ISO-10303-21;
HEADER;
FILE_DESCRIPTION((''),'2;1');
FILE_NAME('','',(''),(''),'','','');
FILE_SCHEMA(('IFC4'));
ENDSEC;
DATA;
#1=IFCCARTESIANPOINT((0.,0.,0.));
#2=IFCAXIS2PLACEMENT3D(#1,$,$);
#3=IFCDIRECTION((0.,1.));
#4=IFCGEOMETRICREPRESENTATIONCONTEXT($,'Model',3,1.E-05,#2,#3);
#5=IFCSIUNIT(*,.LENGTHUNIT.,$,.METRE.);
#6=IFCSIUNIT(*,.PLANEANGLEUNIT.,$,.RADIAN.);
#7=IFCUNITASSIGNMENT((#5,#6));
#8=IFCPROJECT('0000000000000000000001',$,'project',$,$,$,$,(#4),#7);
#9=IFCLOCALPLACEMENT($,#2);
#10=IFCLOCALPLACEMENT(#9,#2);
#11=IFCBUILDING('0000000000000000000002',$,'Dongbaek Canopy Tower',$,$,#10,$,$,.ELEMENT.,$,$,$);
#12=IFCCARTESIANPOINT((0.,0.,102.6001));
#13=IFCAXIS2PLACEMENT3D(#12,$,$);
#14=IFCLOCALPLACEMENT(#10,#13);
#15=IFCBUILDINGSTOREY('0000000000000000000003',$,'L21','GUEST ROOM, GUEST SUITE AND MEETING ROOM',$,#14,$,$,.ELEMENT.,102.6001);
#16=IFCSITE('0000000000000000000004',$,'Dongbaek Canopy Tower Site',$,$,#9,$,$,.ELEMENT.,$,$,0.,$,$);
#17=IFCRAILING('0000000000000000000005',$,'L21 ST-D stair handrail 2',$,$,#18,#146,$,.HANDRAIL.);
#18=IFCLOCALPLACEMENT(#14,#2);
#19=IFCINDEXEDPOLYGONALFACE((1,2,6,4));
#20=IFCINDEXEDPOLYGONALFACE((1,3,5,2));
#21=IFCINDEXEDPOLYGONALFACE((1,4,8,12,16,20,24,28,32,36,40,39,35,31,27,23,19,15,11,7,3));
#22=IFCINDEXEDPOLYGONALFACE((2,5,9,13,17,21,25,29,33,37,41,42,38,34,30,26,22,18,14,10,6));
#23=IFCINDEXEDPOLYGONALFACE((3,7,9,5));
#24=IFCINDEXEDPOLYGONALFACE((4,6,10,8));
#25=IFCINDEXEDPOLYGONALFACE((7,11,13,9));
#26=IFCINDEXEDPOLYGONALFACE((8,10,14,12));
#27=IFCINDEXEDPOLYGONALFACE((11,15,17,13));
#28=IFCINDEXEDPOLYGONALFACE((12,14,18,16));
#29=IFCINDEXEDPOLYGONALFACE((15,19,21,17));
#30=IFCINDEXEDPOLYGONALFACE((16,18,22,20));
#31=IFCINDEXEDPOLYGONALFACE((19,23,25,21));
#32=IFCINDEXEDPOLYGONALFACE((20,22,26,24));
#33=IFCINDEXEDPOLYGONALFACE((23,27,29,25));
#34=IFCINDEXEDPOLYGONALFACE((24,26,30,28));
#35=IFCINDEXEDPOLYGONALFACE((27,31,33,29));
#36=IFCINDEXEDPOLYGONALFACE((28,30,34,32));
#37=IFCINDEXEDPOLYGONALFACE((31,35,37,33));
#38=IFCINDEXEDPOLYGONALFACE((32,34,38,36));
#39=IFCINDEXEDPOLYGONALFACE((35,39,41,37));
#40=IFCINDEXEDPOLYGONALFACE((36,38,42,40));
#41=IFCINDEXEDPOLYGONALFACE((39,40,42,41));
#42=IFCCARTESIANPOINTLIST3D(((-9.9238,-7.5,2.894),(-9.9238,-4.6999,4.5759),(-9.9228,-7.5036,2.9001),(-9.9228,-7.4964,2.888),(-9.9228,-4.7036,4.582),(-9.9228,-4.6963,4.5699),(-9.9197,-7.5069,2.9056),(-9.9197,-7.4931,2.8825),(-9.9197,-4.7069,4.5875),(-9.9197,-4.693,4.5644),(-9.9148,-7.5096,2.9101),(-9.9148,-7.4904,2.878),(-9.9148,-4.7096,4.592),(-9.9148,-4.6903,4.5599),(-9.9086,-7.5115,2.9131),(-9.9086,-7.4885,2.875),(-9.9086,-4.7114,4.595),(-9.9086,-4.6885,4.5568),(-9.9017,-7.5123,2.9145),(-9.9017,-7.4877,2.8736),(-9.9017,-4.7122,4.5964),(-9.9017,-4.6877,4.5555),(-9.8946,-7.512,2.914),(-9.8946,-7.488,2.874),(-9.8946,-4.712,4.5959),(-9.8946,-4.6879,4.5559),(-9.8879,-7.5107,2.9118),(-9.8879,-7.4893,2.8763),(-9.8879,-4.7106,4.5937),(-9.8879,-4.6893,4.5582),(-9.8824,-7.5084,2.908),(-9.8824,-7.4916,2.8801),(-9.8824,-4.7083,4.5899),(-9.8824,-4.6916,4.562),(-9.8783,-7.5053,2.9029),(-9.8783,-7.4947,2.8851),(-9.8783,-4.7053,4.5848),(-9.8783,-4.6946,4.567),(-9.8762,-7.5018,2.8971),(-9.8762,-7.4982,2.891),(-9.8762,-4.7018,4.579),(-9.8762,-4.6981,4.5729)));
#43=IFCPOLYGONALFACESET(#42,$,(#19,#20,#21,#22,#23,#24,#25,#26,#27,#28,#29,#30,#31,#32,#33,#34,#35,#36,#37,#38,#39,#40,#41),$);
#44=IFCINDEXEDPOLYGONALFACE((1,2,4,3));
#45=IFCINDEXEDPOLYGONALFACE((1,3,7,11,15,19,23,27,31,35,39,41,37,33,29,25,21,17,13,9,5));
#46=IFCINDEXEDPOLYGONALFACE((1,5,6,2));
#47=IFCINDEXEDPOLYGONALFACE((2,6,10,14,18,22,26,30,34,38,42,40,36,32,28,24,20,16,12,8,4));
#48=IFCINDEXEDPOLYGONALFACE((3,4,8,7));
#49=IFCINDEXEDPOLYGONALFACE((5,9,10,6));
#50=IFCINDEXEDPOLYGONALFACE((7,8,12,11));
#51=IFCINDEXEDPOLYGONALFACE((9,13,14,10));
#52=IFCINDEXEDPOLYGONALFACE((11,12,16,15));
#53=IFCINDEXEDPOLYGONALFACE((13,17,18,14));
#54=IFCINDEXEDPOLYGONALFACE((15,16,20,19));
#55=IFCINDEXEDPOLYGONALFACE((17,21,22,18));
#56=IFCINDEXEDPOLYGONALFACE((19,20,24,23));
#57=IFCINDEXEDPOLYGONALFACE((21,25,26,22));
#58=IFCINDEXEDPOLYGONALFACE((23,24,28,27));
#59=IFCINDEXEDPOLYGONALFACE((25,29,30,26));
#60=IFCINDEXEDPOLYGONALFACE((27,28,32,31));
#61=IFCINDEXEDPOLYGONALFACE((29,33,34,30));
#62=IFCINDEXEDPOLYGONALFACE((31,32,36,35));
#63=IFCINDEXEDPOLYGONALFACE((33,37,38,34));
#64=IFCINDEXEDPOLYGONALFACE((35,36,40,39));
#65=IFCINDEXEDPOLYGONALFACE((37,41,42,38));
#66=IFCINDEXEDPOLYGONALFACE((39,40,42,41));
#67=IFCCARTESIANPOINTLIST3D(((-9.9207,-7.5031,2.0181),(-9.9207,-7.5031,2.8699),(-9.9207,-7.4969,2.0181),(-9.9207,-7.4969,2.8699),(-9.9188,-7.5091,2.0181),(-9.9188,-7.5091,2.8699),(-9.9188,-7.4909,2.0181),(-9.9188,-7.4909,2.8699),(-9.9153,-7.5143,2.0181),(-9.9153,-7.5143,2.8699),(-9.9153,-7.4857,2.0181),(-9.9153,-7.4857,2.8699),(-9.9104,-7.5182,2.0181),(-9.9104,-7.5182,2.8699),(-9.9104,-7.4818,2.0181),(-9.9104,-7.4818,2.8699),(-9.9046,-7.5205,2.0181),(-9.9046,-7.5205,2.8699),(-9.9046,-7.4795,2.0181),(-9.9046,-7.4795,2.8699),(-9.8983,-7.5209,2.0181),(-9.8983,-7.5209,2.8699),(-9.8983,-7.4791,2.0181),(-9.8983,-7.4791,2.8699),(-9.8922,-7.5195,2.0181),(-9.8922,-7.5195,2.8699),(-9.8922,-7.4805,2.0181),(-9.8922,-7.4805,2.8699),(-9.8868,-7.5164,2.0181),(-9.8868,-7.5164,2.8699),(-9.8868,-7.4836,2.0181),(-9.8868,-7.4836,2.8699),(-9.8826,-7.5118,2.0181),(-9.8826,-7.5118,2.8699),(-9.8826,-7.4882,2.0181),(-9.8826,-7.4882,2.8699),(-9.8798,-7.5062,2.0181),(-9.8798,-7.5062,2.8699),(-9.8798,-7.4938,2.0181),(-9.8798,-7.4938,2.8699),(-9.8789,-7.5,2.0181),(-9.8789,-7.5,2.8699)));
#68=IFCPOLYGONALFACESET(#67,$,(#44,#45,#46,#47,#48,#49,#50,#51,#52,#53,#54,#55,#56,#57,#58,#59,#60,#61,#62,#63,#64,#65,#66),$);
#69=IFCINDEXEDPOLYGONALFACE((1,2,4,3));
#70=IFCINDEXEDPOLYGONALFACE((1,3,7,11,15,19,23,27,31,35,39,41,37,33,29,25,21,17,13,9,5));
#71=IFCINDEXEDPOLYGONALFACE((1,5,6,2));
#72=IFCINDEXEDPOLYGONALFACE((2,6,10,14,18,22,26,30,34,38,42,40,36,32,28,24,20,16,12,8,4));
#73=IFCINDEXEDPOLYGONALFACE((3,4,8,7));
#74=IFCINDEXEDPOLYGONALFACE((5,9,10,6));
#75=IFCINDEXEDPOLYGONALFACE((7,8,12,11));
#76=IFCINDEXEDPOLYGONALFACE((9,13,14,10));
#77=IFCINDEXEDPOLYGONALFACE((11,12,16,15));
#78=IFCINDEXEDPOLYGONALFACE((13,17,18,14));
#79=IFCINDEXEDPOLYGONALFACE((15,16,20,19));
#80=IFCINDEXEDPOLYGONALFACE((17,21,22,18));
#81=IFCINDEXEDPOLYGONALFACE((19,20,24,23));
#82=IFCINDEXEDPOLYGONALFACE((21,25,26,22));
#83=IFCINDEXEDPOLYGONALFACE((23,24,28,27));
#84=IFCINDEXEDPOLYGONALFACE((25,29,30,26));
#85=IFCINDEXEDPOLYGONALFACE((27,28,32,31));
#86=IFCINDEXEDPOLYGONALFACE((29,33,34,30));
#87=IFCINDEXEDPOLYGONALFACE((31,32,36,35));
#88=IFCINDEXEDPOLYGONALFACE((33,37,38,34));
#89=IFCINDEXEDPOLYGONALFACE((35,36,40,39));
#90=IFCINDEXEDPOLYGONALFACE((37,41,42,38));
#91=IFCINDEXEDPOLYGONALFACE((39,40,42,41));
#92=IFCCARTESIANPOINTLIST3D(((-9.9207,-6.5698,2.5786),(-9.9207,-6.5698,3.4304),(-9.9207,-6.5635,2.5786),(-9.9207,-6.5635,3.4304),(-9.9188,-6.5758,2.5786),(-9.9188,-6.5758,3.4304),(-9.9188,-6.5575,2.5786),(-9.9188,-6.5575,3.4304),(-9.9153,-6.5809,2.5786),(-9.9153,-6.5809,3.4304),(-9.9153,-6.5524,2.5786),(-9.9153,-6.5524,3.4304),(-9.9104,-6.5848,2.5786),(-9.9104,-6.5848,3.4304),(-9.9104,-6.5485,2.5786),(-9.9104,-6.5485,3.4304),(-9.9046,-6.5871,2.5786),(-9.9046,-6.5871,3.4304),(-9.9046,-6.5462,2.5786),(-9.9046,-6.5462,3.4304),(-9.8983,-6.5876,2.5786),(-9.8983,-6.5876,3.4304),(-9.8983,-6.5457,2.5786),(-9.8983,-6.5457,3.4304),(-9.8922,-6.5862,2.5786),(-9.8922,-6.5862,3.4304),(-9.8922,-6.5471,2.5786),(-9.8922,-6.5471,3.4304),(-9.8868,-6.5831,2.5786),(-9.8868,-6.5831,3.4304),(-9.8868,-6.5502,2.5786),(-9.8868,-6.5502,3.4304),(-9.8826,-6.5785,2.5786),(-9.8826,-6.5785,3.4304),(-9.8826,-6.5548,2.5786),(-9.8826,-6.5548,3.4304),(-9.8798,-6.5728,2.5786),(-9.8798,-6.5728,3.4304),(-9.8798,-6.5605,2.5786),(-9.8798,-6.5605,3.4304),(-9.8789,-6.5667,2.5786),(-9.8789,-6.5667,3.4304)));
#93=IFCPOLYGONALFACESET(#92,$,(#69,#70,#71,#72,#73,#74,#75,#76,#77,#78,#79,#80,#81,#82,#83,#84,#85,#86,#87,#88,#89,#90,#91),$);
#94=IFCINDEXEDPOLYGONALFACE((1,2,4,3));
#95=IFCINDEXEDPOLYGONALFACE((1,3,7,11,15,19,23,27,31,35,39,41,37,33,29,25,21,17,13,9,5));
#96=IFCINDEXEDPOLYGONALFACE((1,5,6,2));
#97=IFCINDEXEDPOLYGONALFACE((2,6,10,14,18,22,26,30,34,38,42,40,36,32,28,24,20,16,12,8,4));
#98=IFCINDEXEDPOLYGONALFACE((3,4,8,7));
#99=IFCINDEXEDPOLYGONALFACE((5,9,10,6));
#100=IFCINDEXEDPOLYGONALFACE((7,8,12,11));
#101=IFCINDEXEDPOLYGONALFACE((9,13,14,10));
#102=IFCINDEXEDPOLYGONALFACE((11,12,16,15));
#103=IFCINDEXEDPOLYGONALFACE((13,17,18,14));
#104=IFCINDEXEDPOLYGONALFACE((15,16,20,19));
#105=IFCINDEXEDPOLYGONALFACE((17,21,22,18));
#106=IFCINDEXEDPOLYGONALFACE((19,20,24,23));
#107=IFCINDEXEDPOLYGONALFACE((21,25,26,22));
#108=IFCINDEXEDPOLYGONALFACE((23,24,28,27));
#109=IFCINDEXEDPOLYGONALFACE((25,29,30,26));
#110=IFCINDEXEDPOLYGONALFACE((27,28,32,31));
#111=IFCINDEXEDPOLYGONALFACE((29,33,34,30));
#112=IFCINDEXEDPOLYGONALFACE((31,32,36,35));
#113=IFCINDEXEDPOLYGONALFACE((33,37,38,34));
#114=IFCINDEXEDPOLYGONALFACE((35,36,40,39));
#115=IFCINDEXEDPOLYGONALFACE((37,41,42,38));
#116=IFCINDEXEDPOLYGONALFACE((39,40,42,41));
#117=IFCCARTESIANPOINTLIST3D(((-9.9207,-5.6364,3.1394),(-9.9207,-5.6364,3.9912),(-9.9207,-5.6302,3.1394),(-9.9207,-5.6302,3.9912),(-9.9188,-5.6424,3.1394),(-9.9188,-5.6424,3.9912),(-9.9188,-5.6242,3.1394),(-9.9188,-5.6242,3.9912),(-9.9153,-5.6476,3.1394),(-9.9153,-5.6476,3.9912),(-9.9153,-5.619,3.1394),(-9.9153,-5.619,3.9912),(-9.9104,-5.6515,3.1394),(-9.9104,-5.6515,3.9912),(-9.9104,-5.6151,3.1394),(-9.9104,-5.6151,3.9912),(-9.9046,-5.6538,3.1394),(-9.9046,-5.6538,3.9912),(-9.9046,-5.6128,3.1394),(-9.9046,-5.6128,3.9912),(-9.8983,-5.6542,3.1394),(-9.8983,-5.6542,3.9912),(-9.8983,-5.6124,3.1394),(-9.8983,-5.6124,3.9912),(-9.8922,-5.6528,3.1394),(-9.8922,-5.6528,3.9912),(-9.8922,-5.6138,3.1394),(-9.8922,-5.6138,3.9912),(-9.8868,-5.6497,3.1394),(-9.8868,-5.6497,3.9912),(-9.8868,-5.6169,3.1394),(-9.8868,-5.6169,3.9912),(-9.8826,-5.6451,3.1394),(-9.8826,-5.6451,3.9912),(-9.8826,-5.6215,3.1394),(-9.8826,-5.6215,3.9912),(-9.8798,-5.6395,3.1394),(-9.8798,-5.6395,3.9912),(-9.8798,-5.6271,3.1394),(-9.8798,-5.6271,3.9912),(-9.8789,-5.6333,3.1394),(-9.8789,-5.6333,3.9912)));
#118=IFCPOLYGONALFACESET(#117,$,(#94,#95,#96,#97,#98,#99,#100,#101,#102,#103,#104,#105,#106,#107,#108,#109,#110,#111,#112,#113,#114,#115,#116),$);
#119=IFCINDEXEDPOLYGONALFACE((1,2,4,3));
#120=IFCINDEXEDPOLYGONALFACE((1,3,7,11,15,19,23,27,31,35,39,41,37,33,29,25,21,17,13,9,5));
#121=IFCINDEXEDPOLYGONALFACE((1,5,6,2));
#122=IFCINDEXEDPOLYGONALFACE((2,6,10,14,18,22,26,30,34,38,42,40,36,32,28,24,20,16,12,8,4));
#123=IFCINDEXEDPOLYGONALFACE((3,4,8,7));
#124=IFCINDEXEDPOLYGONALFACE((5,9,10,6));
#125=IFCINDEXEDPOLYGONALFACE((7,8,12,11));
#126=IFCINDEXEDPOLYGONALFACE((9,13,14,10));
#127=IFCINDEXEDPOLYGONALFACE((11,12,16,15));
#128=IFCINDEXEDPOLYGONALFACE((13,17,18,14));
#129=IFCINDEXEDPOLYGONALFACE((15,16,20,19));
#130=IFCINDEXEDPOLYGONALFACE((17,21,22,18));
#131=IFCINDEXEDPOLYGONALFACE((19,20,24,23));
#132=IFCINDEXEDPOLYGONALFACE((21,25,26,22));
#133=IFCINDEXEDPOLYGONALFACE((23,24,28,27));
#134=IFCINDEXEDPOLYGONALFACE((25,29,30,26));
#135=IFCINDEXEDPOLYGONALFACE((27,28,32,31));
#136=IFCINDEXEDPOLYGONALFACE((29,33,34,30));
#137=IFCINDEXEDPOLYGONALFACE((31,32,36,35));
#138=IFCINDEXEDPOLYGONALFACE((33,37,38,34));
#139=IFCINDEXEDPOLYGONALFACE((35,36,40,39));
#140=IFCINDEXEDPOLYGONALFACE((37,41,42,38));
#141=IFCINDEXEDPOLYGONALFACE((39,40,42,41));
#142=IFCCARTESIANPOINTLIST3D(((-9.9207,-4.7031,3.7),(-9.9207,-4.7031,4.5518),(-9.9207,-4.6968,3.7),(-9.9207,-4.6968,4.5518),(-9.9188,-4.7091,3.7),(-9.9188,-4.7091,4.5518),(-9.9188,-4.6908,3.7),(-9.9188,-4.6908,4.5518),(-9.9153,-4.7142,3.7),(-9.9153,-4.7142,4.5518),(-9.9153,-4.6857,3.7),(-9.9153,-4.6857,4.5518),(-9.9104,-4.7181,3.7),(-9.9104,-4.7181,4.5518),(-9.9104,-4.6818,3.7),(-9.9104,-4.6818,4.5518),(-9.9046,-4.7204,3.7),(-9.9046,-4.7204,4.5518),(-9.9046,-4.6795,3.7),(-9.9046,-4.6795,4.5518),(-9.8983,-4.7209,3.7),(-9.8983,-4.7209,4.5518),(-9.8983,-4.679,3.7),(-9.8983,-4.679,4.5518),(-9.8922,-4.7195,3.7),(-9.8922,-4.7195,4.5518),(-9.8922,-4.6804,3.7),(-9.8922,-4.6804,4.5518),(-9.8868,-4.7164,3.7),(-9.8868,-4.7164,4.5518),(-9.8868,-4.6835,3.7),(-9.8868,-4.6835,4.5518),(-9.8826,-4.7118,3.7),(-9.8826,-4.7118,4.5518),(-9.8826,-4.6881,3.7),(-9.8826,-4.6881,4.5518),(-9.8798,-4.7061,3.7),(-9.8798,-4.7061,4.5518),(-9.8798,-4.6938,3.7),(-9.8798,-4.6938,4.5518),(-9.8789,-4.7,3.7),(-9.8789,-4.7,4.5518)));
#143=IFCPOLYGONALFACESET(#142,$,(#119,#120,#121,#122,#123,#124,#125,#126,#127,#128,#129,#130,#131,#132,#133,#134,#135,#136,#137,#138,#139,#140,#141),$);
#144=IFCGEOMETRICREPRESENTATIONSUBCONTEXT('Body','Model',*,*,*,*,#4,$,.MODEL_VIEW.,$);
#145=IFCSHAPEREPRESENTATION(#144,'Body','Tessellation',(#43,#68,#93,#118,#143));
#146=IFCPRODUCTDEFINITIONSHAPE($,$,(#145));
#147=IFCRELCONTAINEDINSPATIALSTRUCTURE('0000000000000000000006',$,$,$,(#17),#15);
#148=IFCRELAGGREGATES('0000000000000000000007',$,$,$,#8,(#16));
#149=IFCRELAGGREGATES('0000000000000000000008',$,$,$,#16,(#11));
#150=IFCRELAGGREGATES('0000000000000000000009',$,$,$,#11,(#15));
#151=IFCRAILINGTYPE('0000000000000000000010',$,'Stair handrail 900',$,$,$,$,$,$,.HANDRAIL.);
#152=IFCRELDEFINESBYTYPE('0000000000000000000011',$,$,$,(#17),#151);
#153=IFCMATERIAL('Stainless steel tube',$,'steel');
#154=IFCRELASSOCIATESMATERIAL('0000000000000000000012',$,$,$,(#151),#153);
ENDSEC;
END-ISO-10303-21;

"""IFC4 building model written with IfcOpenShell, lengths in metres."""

from ifc_helpers import new_model, si_unit, direction, frame, origin, origin_2d, place, context, subcontext, project, spatial, circle, extrude, material, type_object, element, save


model = new_model("IFC4")

# Units and contexts
model_context = context("Model", 3, precision=1e-05, world=origin(), true_north=direction((0.0, 1.0)))
body_context = subcontext(model_context, "Body", "Model", "MODEL_VIEW")
ifc_project = project(units=[si_unit("LENGTHUNIT", "METRE"), si_unit("PLANEANGLEUNIT", "RADIAN")], contexts=[model_context])

# Site, building, storey
site_placement = place(None, origin())
site = spatial("IfcSite", under=ifc_project, at=site_placement, Name="Dongbaek Canopy Tower Site", CompositionType="ELEMENT", RefElevation=0.0)
building_placement = place(site_placement, origin())
building = spatial("IfcBuilding", under=site, at=building_placement, Name="Dongbaek Canopy Tower", CompositionType="ELEMENT")
storey_placement = place(building_placement, frame((0.0, 0.0, 102.6001)))
storey = spatial("IfcBuildingStorey", under=building, at=storey_placement, Name="L21", Description="GUEST ROOM, GUEST SUITE AND MEETING ROOM", CompositionType="ELEMENT", Elevation=102.6001)

# Railing
ifc_material_1 = material(Name="Stainless steel tube", Category="steel")
railing_type_1 = type_object("IfcRailingType", Name="Stair handrail 900", PredefinedType="HANDRAIL", material=ifc_material_1)
railing_1_placement = place(storey_placement, frame((-9.8999, -7.5, 2.0181)))
element("IfcRailing", 1, at=railing_1_placement, inside=storey, type_object=railing_type_1, Name="L21 ST-D stair handrail 2", PredefinedType="HANDRAIL", context=body_context, shape_type="SweptSolid", body=[
    extrude(circle(Radius=0.0239, at=origin_2d()), frame((0.0, 0.0, 0.876), z_axis=(0.0, 0.857242, 0.514913), x_axis=(-1.0, 0.0, 0.0)), (0.0, 0.0, 1.0), 3.2664),
    extrude(circle(Radius=0.021, at=origin_2d()), origin(), (0.0, 0.0, 1.0), 0.8518),
    extrude(circle(Radius=0.021, at=origin_2d()), frame((0.0, 0.9333, 0.5605)), (0.0, 0.0, 1.0), 0.8518),
    extrude(circle(Radius=0.021, at=origin_2d()), frame((0.0, 1.8667, 1.1213)), (0.0, 0.0, 1.0), 0.8518),
    extrude(circle(Radius=0.021, at=origin_2d()), frame((0.0, 2.8, 1.6819)), (0.0, 0.0, 1.0), 0.8518),
])

save(model, "model.ifc")
